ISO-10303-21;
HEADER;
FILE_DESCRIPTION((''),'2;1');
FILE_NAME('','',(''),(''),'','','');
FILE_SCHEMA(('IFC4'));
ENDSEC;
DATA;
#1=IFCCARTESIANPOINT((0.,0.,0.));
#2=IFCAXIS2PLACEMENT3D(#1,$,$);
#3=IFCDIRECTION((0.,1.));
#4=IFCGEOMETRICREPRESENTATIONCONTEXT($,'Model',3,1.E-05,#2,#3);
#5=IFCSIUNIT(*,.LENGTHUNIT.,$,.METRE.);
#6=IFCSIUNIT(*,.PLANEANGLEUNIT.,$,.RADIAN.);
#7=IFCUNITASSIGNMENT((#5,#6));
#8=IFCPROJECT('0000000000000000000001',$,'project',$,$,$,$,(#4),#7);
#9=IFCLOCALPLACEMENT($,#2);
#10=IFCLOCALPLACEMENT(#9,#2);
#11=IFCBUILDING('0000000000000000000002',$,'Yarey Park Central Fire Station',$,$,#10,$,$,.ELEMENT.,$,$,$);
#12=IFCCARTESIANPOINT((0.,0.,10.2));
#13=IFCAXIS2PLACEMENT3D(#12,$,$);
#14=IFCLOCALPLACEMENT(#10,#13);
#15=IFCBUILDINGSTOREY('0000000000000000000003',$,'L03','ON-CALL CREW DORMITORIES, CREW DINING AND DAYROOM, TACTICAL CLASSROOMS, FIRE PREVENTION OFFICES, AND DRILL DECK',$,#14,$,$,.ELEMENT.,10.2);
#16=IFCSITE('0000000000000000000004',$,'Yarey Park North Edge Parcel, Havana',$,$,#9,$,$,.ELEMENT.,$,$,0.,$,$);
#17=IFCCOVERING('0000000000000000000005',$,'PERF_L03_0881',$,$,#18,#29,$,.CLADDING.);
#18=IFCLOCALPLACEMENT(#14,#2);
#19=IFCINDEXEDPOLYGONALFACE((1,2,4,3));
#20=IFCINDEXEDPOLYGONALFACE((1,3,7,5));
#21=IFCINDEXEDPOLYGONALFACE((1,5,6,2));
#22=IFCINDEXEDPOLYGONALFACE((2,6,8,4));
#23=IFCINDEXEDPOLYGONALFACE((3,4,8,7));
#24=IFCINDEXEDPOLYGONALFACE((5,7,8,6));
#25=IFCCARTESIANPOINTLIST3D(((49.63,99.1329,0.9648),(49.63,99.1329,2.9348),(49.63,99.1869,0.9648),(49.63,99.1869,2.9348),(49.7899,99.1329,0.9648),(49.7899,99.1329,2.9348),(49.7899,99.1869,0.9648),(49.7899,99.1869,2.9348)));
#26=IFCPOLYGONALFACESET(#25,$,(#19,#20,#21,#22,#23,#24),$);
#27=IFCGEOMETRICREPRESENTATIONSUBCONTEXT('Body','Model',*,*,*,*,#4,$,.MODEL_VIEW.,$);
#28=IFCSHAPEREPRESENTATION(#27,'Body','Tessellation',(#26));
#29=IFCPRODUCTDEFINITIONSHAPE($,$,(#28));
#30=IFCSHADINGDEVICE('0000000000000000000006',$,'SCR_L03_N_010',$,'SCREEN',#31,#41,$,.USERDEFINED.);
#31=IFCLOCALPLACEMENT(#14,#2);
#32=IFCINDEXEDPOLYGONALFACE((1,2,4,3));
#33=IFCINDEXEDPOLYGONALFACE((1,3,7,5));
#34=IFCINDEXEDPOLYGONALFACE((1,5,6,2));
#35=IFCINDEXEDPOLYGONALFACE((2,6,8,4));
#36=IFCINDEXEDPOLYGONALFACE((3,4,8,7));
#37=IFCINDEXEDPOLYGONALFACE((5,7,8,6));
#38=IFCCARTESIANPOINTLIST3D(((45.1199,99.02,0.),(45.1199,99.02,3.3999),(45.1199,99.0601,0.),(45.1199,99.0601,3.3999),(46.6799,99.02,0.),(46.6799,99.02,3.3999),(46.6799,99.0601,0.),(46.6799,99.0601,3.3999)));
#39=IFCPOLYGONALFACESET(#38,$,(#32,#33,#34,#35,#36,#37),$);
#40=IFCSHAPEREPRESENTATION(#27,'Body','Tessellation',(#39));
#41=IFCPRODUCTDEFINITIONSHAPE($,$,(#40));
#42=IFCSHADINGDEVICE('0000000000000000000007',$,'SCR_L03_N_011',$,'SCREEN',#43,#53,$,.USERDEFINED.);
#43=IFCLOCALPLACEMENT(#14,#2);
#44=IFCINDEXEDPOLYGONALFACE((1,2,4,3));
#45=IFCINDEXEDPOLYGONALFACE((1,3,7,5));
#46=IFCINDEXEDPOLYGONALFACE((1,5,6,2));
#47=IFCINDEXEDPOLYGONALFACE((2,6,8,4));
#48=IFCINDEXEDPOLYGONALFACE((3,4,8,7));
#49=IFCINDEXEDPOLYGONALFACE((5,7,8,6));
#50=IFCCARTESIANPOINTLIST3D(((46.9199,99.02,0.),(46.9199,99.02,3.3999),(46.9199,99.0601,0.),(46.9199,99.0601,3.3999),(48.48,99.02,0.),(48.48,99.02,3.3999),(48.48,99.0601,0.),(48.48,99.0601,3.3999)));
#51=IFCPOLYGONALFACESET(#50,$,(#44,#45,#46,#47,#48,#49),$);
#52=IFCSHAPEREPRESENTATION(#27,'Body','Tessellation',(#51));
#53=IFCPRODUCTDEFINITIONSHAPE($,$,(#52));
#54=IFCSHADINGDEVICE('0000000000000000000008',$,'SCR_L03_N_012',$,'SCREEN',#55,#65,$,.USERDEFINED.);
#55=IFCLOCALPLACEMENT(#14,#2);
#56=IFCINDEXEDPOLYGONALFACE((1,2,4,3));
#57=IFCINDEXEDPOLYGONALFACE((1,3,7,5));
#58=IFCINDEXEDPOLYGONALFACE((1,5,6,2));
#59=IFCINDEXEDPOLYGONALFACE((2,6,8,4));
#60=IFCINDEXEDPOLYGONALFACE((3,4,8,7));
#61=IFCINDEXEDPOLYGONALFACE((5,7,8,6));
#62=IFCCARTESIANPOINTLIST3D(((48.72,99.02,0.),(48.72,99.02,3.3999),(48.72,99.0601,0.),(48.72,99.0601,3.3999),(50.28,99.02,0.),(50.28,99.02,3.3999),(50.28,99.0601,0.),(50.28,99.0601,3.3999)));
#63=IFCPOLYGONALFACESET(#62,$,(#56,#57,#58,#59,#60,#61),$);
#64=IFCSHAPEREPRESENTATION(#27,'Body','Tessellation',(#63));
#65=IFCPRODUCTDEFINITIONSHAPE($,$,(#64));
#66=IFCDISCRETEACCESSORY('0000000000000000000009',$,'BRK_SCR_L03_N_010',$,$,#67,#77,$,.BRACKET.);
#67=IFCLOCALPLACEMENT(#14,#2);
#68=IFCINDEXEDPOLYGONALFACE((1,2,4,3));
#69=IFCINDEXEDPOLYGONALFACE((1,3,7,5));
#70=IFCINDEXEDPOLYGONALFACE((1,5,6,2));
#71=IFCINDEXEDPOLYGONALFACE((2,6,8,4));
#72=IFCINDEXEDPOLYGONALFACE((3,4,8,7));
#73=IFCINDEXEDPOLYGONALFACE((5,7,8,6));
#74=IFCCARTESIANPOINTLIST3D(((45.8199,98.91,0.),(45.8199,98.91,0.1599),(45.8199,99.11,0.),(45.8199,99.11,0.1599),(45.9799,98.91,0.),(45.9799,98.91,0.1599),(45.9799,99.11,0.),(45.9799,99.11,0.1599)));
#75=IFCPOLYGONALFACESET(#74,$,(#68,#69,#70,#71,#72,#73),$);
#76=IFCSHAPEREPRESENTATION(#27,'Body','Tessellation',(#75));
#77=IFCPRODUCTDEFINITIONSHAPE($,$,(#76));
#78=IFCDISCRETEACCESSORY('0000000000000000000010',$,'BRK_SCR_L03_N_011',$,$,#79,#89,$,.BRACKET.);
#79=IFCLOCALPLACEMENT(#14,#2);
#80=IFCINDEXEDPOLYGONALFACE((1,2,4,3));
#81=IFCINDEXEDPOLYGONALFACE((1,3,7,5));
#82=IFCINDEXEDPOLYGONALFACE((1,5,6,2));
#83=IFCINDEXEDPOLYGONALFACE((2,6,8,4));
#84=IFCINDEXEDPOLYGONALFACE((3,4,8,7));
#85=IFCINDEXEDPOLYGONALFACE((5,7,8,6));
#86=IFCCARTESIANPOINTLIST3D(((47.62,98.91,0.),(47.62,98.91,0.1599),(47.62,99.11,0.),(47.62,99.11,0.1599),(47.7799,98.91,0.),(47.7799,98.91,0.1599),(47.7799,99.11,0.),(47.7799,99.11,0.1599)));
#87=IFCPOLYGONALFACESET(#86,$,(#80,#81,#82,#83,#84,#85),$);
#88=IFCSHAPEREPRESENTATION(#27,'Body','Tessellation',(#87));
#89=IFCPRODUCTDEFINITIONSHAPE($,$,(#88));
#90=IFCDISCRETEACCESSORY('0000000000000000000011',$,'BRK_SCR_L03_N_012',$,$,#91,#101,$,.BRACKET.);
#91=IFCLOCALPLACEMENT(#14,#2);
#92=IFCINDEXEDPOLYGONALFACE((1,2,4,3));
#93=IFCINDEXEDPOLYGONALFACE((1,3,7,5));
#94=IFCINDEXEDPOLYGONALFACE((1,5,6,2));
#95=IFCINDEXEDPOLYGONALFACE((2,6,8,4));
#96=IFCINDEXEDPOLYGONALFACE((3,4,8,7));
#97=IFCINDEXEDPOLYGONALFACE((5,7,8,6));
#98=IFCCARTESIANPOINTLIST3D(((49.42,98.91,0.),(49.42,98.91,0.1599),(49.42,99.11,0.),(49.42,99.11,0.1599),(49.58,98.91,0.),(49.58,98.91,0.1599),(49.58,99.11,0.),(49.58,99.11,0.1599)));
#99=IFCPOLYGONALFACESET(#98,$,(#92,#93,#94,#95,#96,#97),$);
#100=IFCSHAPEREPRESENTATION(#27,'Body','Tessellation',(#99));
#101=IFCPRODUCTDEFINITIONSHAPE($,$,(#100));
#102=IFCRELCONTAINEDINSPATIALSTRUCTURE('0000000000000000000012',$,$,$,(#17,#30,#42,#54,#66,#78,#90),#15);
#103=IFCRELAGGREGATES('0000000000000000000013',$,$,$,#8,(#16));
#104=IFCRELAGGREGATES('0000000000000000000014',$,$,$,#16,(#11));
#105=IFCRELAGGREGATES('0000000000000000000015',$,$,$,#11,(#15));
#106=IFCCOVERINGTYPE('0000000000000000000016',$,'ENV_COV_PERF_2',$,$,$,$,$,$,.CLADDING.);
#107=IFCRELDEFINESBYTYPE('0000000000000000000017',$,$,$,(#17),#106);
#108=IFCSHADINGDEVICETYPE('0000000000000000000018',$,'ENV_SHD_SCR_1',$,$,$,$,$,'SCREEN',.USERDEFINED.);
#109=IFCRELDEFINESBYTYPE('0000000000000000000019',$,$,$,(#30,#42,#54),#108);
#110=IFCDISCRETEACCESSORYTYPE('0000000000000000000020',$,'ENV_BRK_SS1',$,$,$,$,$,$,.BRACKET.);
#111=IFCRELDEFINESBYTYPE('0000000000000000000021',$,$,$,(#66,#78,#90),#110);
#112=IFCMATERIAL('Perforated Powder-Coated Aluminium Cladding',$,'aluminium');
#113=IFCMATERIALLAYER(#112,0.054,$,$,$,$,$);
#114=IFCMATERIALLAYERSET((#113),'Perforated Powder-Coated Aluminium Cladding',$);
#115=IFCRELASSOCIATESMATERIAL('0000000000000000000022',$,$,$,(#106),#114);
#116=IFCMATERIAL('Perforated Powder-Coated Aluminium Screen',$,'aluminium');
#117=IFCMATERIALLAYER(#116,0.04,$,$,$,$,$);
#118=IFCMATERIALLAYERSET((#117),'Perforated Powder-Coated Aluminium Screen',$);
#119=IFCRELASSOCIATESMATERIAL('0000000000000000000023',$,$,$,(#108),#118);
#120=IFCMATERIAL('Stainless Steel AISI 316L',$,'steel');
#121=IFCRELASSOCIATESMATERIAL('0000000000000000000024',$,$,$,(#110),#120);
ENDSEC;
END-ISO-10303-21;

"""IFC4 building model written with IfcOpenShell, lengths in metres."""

from ifc_helpers import new_model, si_unit, direction, frame, origin, origin_2d, place, context, subcontext, project, spatial, rectangle, extrude, material, layer, layer_set, type_object, element, save


model = new_model("IFC4")

# Units and contexts
model_context = context("Model", 3, precision=1e-05, world=origin(), true_north=direction((0.0, 1.0)))
body_context = subcontext(model_context, "Body", "Model", "MODEL_VIEW")
ifc_project = project(units=[si_unit("LENGTHUNIT", "METRE"), si_unit("PLANEANGLEUNIT", "RADIAN")], contexts=[model_context])

# Site, building, storey
site_placement = place(None, origin())
site = spatial("IfcSite", under=ifc_project, at=site_placement, Name="Yarey Park North Edge Parcel, Havana", CompositionType="ELEMENT", RefElevation=0.0)
building_placement = place(site_placement, origin())
building = spatial("IfcBuilding", under=site, at=building_placement, Name="Yarey Park Central Fire Station", CompositionType="ELEMENT")
storey_placement = place(building_placement, frame((0.0, 0.0, 10.2)))
storey = spatial("IfcBuildingStorey", under=building, at=storey_placement, Name="L03", Description="ON-CALL CREW DORMITORIES, CREW DINING AND DAYROOM, TACTICAL CLASSROOMS, FIRE PREVENTION OFFICES, AND DRILL DECK", CompositionType="ELEMENT", Elevation=10.2)

# Covering
ifc_material_1 = material(Name="Perforated Powder-Coated Aluminium Cladding", Category="aluminium")
ifc_layer_1 = layer(ifc_material_1, 0.054)
ifc_layer_set_1 = layer_set([ifc_layer_1], Name="Perforated Powder-Coated Aluminium Cladding")
covering_type_1 = type_object("IfcCoveringType", Name="ENV_COV_PERF_2", PredefinedType="CLADDING", material=ifc_layer_set_1)
covering_1_placement = place(storey_placement, frame((49.71, 99.1599, 0.9648), z_axis=(0.0, 0.0, 1.0), x_axis=(1.0, 0.0, 0.0)))
element("IfcCovering", 1, at=covering_1_placement, inside=storey, type_object=covering_type_1, Name="PERF_L03_0881", PredefinedType="CLADDING", context=body_context, shape_type="SweptSolid", body=[
    extrude(rectangle(XDim=0.1599, YDim=0.054, at=origin_2d()), origin(), (0.0, 0.0, 1.0), 1.97),
])

# Shading devices
ifc_material_2 = material(Name="Perforated Powder-Coated Aluminium Screen", Category="aluminium")
ifc_layer_2 = layer(ifc_material_2, 0.04)
ifc_layer_set_2 = layer_set([ifc_layer_2], Name="Perforated Powder-Coated Aluminium Screen")
shading_device_type = type_object("IfcShadingDeviceType", Name="ENV_SHD_SCR_1", ElementType="SCREEN", PredefinedType="USERDEFINED", material=ifc_layer_set_2)
for number, where, z_axis, x_axis, name in (
    (2, (45.8999, 99.04, 0.0), (0.0, 0.0, 1.0), (1.0, 0.0, 0.0), "SCR_L03_N_010"),
    (3, (47.7, 99.04, 0.0), (0.0, 0.0, 1.0), (1.0, 0.0, 0.0), "SCR_L03_N_011"),
    (4, (49.5, 99.04, 0.0), (0.0, 0.0, 1.0), (1.0, 0.0, 0.0), "SCR_L03_N_012"),
):
    element("IfcShadingDevice", number, at=place(storey_placement, frame(where, z_axis=z_axis, x_axis=x_axis)), inside=storey, type_object=shading_device_type, Name=name, ObjectType="SCREEN", PredefinedType="USERDEFINED", context=body_context, shape_type="SweptSolid", body=[
        extrude(rectangle(XDim=1.5601, YDim=0.04, at=origin_2d()), origin(), (0.0, 0.0, 1.0), 3.3999),
    ])

# Discrete accessories
ifc_material_3 = material(Name="Stainless Steel AISI 316L", Category="steel")
discrete_accessory_type = type_object("IfcDiscreteAccessoryType", Name="ENV_BRK_SS1", PredefinedType="BRACKET", material=ifc_material_3)
for number, where, z_axis, x_axis, name in (
    (5, (45.8999, 99.01, 0.0), (0.0, 0.0, 1.0), (1.0, 0.0, 0.0), "BRK_SCR_L03_N_010"),
    (6, (47.7, 99.01, 0.0), (0.0, 0.0, 1.0), (1.0, 0.0, 0.0), "BRK_SCR_L03_N_011"),
    (7, (49.5, 99.01, 0.0), (0.0, 0.0, 1.0), (1.0, 0.0, 0.0), "BRK_SCR_L03_N_012"),
):
    element("IfcDiscreteAccessory", number, at=place(storey_placement, frame(where, z_axis=z_axis, x_axis=x_axis)), inside=storey, type_object=discrete_accessory_type, Name=name, PredefinedType="BRACKET", context=body_context, shape_type="SweptSolid", body=[
        extrude(rectangle(XDim=0.1599, YDim=0.2, at=origin_2d()), origin(), (0.0, 0.0, 1.0), 0.1599),
    ])

save(model, "model.ifc")
